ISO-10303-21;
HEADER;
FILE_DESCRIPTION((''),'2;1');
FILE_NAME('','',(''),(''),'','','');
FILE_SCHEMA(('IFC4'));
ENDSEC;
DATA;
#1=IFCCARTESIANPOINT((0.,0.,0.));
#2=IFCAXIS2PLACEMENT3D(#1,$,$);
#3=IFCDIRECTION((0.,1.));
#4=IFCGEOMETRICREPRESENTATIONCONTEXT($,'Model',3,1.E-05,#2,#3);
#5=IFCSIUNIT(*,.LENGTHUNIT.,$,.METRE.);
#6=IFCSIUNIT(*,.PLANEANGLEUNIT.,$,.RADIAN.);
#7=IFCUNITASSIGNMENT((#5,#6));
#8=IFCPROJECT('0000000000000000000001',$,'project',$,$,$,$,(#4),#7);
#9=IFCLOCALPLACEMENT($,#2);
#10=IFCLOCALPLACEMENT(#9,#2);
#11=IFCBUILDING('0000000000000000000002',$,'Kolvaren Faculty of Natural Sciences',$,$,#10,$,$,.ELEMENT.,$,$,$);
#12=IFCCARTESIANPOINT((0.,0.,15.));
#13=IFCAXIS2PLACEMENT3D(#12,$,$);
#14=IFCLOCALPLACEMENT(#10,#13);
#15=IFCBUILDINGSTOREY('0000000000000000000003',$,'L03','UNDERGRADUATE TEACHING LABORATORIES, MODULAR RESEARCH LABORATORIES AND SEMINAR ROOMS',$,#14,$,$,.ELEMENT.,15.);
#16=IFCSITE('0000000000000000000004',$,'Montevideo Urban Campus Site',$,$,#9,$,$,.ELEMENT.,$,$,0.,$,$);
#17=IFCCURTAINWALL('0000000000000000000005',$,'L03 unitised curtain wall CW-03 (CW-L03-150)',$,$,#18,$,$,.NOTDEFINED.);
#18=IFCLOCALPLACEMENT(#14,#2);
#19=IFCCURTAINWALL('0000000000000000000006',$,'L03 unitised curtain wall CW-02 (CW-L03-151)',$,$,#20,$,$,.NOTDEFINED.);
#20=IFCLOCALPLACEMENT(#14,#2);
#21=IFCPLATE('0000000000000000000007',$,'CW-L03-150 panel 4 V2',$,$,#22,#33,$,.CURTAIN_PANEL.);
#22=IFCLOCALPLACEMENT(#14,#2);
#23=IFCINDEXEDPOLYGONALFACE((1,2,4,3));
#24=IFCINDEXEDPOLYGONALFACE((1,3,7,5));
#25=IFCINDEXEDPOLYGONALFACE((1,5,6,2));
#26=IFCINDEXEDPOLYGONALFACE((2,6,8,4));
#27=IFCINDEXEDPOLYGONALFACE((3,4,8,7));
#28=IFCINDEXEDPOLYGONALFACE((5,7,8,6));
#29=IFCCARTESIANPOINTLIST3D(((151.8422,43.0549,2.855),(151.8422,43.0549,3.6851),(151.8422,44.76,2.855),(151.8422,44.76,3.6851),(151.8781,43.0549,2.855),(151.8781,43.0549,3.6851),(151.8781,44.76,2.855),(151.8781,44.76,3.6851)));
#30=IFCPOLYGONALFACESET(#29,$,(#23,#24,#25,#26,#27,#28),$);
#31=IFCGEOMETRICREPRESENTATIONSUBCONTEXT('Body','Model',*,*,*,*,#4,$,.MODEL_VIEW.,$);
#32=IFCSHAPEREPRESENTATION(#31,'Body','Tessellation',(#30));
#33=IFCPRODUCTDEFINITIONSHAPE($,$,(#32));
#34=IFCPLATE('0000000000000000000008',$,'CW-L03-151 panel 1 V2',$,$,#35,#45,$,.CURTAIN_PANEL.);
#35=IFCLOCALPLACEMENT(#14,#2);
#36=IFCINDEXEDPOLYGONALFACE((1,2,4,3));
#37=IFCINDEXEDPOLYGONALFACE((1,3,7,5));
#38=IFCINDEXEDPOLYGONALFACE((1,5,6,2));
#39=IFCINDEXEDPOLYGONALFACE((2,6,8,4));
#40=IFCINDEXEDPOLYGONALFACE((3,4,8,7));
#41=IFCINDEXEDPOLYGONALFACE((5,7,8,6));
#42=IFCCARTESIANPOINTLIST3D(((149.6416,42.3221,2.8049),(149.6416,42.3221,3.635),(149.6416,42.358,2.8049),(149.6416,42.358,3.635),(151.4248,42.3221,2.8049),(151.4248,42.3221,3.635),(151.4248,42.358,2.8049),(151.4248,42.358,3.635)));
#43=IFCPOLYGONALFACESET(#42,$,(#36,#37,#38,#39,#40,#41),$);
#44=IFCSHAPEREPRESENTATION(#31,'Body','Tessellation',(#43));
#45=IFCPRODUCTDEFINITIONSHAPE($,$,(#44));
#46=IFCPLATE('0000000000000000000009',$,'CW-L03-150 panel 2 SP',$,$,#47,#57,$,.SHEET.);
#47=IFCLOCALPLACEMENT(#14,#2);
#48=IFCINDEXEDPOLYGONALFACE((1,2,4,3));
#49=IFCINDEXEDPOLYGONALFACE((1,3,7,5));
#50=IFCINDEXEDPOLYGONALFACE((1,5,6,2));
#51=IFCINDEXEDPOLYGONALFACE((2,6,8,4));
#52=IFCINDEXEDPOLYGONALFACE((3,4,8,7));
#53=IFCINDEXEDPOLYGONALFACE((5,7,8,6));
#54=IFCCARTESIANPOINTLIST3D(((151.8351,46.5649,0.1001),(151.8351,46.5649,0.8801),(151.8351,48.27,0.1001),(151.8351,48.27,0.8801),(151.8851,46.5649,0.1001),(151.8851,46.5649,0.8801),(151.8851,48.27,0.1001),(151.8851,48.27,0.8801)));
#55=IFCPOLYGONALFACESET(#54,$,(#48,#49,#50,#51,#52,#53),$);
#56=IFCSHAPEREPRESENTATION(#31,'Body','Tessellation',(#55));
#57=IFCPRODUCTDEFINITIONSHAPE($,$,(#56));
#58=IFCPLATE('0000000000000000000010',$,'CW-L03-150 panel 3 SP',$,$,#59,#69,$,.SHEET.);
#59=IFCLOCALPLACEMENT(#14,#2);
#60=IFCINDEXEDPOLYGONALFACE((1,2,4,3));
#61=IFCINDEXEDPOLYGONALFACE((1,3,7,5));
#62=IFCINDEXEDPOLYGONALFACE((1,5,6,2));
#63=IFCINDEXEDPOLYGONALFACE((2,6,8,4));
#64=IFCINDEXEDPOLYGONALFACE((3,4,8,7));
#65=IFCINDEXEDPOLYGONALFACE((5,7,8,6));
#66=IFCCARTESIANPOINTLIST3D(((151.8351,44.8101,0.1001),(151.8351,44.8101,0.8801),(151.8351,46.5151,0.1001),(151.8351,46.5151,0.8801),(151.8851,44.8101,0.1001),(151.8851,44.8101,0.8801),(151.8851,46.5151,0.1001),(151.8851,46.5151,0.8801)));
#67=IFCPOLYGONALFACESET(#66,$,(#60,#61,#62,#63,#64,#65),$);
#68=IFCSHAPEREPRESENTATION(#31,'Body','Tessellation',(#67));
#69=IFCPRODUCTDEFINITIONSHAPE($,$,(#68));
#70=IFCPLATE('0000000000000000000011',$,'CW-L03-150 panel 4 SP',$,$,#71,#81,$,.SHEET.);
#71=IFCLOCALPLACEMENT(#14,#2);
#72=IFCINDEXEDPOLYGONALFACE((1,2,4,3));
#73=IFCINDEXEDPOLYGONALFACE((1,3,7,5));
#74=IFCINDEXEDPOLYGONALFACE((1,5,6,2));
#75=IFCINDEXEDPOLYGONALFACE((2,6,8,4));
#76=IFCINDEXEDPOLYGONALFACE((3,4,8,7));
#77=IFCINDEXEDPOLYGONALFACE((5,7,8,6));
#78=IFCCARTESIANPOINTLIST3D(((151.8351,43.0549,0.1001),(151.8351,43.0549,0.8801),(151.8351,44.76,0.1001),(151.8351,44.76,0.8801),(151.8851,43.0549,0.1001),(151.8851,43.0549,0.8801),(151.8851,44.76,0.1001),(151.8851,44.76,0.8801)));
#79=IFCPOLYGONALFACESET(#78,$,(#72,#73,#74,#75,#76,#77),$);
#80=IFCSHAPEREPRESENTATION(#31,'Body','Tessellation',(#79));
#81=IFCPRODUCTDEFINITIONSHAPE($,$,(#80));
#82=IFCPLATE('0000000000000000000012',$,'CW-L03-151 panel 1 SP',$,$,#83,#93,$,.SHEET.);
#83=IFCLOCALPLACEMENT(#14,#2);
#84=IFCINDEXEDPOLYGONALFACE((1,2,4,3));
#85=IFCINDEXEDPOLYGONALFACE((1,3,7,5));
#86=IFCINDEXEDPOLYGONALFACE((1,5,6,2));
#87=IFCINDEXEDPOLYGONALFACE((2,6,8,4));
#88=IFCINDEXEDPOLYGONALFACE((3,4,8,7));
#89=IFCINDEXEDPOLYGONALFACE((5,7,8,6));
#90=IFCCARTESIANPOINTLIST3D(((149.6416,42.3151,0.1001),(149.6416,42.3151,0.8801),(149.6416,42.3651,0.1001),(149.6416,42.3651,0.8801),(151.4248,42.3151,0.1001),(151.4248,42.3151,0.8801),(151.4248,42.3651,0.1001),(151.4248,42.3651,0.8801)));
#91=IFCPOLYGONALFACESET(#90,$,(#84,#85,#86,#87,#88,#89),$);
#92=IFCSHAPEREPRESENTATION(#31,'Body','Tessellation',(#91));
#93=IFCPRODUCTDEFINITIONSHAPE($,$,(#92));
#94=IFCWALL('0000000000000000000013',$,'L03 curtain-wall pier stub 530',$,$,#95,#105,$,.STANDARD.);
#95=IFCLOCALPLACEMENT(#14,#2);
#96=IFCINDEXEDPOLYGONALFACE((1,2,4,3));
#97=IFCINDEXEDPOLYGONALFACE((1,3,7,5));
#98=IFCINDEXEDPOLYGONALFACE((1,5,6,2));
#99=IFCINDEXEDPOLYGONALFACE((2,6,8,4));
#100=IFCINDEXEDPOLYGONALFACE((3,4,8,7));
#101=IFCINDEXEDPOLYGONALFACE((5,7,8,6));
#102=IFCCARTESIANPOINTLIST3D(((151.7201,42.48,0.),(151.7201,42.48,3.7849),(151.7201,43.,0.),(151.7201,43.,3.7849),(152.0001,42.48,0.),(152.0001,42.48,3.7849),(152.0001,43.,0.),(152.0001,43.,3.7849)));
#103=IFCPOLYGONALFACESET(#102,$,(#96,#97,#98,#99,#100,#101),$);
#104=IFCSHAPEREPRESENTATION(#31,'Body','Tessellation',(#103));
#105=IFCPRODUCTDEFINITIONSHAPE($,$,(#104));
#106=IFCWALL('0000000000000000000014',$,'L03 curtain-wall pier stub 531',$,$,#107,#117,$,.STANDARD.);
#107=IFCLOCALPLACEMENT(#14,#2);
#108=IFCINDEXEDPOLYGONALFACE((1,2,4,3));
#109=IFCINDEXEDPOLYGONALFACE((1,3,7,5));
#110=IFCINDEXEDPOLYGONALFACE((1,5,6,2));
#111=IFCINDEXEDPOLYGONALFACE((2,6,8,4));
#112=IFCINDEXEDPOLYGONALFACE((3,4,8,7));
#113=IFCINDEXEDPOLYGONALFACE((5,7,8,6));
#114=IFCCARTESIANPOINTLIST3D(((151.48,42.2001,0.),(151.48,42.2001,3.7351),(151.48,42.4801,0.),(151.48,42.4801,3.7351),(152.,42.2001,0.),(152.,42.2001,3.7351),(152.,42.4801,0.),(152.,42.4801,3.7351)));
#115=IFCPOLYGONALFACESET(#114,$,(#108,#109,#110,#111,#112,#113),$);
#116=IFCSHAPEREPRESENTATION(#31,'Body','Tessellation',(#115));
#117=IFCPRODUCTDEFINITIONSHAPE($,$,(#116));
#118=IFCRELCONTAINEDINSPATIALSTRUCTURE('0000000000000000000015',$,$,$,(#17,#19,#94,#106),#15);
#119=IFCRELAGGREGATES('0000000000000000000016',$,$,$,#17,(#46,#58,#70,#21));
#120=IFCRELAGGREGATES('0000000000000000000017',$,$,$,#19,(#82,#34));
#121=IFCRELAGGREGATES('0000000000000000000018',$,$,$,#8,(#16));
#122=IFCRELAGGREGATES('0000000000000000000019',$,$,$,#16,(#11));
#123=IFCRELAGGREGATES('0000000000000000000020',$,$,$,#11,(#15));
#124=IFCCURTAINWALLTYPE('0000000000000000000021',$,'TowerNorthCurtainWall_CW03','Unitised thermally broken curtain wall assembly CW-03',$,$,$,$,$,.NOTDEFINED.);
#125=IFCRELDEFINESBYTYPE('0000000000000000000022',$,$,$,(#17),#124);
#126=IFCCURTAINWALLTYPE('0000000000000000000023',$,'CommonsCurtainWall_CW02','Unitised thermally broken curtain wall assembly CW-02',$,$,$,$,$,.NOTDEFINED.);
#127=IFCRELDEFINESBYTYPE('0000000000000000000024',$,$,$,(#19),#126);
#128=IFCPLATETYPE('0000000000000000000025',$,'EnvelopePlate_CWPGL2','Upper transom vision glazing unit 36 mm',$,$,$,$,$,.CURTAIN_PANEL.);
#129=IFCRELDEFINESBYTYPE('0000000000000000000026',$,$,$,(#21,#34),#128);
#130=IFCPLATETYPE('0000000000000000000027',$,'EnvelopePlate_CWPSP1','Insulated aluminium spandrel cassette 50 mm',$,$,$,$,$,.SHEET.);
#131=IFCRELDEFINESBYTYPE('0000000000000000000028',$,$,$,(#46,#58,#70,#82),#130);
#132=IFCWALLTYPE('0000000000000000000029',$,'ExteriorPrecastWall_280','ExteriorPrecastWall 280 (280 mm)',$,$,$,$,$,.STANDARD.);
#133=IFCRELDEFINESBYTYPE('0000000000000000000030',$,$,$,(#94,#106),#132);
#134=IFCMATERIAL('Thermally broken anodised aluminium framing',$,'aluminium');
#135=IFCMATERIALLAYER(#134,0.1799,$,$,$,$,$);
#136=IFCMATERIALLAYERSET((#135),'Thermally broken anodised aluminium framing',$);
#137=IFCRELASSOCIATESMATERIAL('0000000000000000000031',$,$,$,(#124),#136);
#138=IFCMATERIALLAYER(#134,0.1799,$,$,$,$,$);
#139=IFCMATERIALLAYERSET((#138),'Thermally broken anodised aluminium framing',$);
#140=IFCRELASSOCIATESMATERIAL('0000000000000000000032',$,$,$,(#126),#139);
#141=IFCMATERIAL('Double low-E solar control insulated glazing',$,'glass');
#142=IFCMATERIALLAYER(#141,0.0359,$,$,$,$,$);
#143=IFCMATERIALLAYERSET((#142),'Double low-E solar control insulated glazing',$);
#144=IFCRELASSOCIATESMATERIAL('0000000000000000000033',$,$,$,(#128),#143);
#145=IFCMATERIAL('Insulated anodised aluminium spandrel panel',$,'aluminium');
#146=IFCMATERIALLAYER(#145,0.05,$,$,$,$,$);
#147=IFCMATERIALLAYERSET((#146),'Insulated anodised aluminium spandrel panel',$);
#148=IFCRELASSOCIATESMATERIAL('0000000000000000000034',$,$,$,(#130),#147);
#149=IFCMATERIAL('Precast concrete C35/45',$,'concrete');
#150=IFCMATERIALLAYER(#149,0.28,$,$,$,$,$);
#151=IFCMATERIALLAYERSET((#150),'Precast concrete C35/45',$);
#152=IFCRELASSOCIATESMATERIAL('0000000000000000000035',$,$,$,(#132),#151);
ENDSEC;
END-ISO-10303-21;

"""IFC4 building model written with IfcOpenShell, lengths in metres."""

from ifc_helpers import new_model, si_unit, direction, frame, frame_2d, origin, origin_2d, place, context, subcontext, project, spatial, rectangle, extrude, material, layer, layer_set, type_object, element, aggregate, save


model = new_model("IFC4")

# Units and contexts
model_context = context("Model", 3, precision=1e-05, world=origin(), true_north=direction((0.0, 1.0)))
body_context = subcontext(model_context, "Body", "Model", "MODEL_VIEW")
ifc_project = project(units=[si_unit("LENGTHUNIT", "METRE"), si_unit("PLANEANGLEUNIT", "RADIAN")], contexts=[model_context])

# Site, building, storey
site_placement = place(None, origin())
site = spatial("IfcSite", under=ifc_project, at=site_placement, Name="Montevideo Urban Campus Site", CompositionType="ELEMENT", RefElevation=0.0)
building_placement = place(site_placement, origin())
building = spatial("IfcBuilding", under=site, at=building_placement, Name="Kolvaren Faculty of Natural Sciences", CompositionType="ELEMENT")
storey_placement = place(building_placement, frame((0.0, 0.0, 15.0)))
storey = spatial("IfcBuildingStorey", under=building, at=storey_placement, Name="L03", Description="UNDERGRADUATE TEACHING LABORATORIES, MODULAR RESEARCH LABORATORIES AND SEMINAR ROOMS", CompositionType="ELEMENT", Elevation=15.0)

# Curtain walls
ifc_material_1 = material(Name="Thermally broken anodised aluminium framing", Category="aluminium")
ifc_layer_1 = layer(ifc_material_1, 0.1799)
ifc_layer_set_1 = layer_set([ifc_layer_1], Name="Thermally broken anodised aluminium framing")
curtain_wall_type_1 = type_object("IfcCurtainWallType", Name="TowerNorthCurtainWall_CW03", Description="Unitised thermally broken curtain wall assembly CW-03", PredefinedType="NOTDEFINED", material=ifc_layer_set_1)
curtain_wall_1_placement = place(storey_placement, origin())
curtain_wall_1 = element("IfcCurtainWall", 1, at=curtain_wall_1_placement, inside=storey, type_object=curtain_wall_type_1, Name="L03 unitised curtain wall CW-03 (CW-L03-150)", PredefinedType="NOTDEFINED")
ifc_layer_2 = layer(ifc_material_1, 0.1799)
ifc_layer_set_2 = layer_set([ifc_layer_2], Name="Thermally broken anodised aluminium framing")
curtain_wall_type_2 = type_object("IfcCurtainWallType", Name="CommonsCurtainWall_CW02", Description="Unitised thermally broken curtain wall assembly CW-02", PredefinedType="NOTDEFINED", material=ifc_layer_set_2)
curtain_wall_2_placement = place(storey_placement, origin())
curtain_wall_2 = element("IfcCurtainWall", 2, at=curtain_wall_2_placement, inside=storey, type_object=curtain_wall_type_2, Name="L03 unitised curtain wall CW-02 (CW-L03-151)", PredefinedType="NOTDEFINED")

# Plates
ifc_material_2 = material(Name="Double low-E solar control insulated glazing", Category="glass")
ifc_layer_3 = layer(ifc_material_2, 0.0359)
ifc_layer_set_3 = layer_set([ifc_layer_3], Name="Double low-E solar control insulated glazing")
plate_type_1 = type_object("IfcPlateType", Name="EnvelopePlate_CWPGL2", Description="Upper transom vision glazing unit 36 mm", PredefinedType="CURTAIN_PANEL", material=ifc_layer_set_3)
plate_1_placement = place(storey_placement, frame((151.8601, 43.9075, 2.855), z_axis=(0.0, 0.0, 1.0), x_axis=(0.0, -1.0, 0.0)))
plate_1 = element("IfcPlate", 3, at=plate_1_placement, type_object=plate_type_1, Name="CW-L03-150 panel 4 V2", PredefinedType="CURTAIN_PANEL", context=body_context, shape_type="SweptSolid", body=[
    extrude(rectangle(XDim=1.7051, YDim=0.0359, at=origin_2d()), origin(), (0.0, 0.0, 1.0), 0.8301),
])
plate_2_placement = place(storey_placement, frame((150.5332, 42.3401, 2.8049), z_axis=(0.0, 0.0, 1.0), x_axis=(-1.0, 0.0, 0.0)))
plate_2 = element("IfcPlate", 4, at=plate_2_placement, type_object=plate_type_1, Name="CW-L03-151 panel 1 V2", PredefinedType="CURTAIN_PANEL", context=body_context, shape_type="SweptSolid", body=[
    extrude(rectangle(XDim=1.7832, YDim=0.0359, at=origin_2d()), origin(), (0.0, 0.0, 1.0), 0.8301),
])
ifc_material_3 = material(Name="Insulated anodised aluminium spandrel panel", Category="aluminium")
ifc_layer_4 = layer(ifc_material_3, 0.05)
ifc_layer_set_4 = layer_set([ifc_layer_4], Name="Insulated anodised aluminium spandrel panel")
plate_type_2 = type_object("IfcPlateType", Name="EnvelopePlate_CWPSP1", Description="Insulated aluminium spandrel cassette 50 mm", PredefinedType="SHEET", material=ifc_layer_set_4)
plate_3_placement = place(storey_placement, frame((151.8601, 47.4175, 0.1001), z_axis=(0.0, 0.0, 1.0), x_axis=(0.0, -1.0, 0.0)))
plate_3 = element("IfcPlate", 5, at=plate_3_placement, type_object=plate_type_2, Name="CW-L03-150 panel 2 SP", PredefinedType="SHEET", context=body_context, shape_type="SweptSolid", body=[
    extrude(rectangle(XDim=1.7051, YDim=0.05, at=origin_2d()), origin(), (0.0, 0.0, 1.0), 0.78),
])
plate_4_placement = place(storey_placement, frame((151.8601, 45.6626, 0.1001), z_axis=(0.0, 0.0, 1.0), x_axis=(0.0, -1.0, 0.0)))
plate_4 = element("IfcPlate", 6, at=plate_4_placement, type_object=plate_type_2, Name="CW-L03-150 panel 3 SP", PredefinedType="SHEET", context=body_context, shape_type="SweptSolid", body=[
    extrude(rectangle(XDim=1.7051, YDim=0.05, at=origin_2d()), origin(), (0.0, 0.0, 1.0), 0.78),
])
plate_5_placement = place(storey_placement, frame((151.8601, 43.9075, 0.1001), z_axis=(0.0, 0.0, 1.0), x_axis=(0.0, -1.0, 0.0)))
plate_5 = element("IfcPlate", 7, at=plate_5_placement, type_object=plate_type_2, Name="CW-L03-150 panel 4 SP", PredefinedType="SHEET", context=body_context, shape_type="SweptSolid", body=[
    extrude(rectangle(XDim=1.7051, YDim=0.05, at=origin_2d()), origin(), (0.0, 0.0, 1.0), 0.78),
])
aggregate(curtain_wall_1, [plate_3, plate_4, plate_5, plate_1])
plate_6_placement = place(storey_placement, frame((150.5332, 42.3401, 0.1001), z_axis=(0.0, 0.0, 1.0), x_axis=(-1.0, 0.0, 0.0)))
plate_6 = element("IfcPlate", 8, at=plate_6_placement, type_object=plate_type_2, Name="CW-L03-151 panel 1 SP", PredefinedType="SHEET", context=body_context, shape_type="SweptSolid", body=[
    extrude(rectangle(XDim=1.7832, YDim=0.05, at=origin_2d()), origin(), (0.0, 0.0, 1.0), 0.78),
])
aggregate(curtain_wall_2, [plate_6, plate_2])

# Walls
ifc_material_4 = material(Name="Precast concrete C35/45", Category="concrete")
ifc_layer_5 = layer(ifc_material_4, 0.28)
ifc_layer_set_5 = layer_set([ifc_layer_5], Name="Precast concrete C35/45")
wall_type = type_object("IfcWallType", Name="ExteriorPrecastWall_280", Description="ExteriorPrecastWall 280 (280 mm)", PredefinedType="STANDARD", material=ifc_layer_set_5)
wall_1_placement = place(storey_placement, frame((151.8601, 43.0, 0.0), z_axis=(0.0, 0.0, 1.0), x_axis=(0.0, -1.0, 0.0)))
element("IfcWall", 9, at=wall_1_placement, inside=storey, type_object=wall_type, Name="L03 curtain-wall pier stub 530", PredefinedType="STANDARD", context=body_context, shape_type="SweptSolid", body=[
    extrude(rectangle(XDim=0.52, YDim=0.28, at=frame_2d((0.26, 0.0))), origin(), (0.0, 0.0, 1.0), 3.7849),
])
wall_2_placement = place(storey_placement, frame((152.0, 42.3401, 0.0), z_axis=(0.0, 0.0, 1.0), x_axis=(-1.0, 0.0, 0.0)))
element("IfcWall", 10, at=wall_2_placement, inside=storey, type_object=wall_type, Name="L03 curtain-wall pier stub 531", PredefinedType="STANDARD", context=body_context, shape_type="SweptSolid", body=[
    extrude(rectangle(XDim=0.52, YDim=0.28, at=frame_2d((0.26, 0.0))), origin(), (0.0, 0.0, 1.0), 3.7351),
])

save(model, "model.ifc")
